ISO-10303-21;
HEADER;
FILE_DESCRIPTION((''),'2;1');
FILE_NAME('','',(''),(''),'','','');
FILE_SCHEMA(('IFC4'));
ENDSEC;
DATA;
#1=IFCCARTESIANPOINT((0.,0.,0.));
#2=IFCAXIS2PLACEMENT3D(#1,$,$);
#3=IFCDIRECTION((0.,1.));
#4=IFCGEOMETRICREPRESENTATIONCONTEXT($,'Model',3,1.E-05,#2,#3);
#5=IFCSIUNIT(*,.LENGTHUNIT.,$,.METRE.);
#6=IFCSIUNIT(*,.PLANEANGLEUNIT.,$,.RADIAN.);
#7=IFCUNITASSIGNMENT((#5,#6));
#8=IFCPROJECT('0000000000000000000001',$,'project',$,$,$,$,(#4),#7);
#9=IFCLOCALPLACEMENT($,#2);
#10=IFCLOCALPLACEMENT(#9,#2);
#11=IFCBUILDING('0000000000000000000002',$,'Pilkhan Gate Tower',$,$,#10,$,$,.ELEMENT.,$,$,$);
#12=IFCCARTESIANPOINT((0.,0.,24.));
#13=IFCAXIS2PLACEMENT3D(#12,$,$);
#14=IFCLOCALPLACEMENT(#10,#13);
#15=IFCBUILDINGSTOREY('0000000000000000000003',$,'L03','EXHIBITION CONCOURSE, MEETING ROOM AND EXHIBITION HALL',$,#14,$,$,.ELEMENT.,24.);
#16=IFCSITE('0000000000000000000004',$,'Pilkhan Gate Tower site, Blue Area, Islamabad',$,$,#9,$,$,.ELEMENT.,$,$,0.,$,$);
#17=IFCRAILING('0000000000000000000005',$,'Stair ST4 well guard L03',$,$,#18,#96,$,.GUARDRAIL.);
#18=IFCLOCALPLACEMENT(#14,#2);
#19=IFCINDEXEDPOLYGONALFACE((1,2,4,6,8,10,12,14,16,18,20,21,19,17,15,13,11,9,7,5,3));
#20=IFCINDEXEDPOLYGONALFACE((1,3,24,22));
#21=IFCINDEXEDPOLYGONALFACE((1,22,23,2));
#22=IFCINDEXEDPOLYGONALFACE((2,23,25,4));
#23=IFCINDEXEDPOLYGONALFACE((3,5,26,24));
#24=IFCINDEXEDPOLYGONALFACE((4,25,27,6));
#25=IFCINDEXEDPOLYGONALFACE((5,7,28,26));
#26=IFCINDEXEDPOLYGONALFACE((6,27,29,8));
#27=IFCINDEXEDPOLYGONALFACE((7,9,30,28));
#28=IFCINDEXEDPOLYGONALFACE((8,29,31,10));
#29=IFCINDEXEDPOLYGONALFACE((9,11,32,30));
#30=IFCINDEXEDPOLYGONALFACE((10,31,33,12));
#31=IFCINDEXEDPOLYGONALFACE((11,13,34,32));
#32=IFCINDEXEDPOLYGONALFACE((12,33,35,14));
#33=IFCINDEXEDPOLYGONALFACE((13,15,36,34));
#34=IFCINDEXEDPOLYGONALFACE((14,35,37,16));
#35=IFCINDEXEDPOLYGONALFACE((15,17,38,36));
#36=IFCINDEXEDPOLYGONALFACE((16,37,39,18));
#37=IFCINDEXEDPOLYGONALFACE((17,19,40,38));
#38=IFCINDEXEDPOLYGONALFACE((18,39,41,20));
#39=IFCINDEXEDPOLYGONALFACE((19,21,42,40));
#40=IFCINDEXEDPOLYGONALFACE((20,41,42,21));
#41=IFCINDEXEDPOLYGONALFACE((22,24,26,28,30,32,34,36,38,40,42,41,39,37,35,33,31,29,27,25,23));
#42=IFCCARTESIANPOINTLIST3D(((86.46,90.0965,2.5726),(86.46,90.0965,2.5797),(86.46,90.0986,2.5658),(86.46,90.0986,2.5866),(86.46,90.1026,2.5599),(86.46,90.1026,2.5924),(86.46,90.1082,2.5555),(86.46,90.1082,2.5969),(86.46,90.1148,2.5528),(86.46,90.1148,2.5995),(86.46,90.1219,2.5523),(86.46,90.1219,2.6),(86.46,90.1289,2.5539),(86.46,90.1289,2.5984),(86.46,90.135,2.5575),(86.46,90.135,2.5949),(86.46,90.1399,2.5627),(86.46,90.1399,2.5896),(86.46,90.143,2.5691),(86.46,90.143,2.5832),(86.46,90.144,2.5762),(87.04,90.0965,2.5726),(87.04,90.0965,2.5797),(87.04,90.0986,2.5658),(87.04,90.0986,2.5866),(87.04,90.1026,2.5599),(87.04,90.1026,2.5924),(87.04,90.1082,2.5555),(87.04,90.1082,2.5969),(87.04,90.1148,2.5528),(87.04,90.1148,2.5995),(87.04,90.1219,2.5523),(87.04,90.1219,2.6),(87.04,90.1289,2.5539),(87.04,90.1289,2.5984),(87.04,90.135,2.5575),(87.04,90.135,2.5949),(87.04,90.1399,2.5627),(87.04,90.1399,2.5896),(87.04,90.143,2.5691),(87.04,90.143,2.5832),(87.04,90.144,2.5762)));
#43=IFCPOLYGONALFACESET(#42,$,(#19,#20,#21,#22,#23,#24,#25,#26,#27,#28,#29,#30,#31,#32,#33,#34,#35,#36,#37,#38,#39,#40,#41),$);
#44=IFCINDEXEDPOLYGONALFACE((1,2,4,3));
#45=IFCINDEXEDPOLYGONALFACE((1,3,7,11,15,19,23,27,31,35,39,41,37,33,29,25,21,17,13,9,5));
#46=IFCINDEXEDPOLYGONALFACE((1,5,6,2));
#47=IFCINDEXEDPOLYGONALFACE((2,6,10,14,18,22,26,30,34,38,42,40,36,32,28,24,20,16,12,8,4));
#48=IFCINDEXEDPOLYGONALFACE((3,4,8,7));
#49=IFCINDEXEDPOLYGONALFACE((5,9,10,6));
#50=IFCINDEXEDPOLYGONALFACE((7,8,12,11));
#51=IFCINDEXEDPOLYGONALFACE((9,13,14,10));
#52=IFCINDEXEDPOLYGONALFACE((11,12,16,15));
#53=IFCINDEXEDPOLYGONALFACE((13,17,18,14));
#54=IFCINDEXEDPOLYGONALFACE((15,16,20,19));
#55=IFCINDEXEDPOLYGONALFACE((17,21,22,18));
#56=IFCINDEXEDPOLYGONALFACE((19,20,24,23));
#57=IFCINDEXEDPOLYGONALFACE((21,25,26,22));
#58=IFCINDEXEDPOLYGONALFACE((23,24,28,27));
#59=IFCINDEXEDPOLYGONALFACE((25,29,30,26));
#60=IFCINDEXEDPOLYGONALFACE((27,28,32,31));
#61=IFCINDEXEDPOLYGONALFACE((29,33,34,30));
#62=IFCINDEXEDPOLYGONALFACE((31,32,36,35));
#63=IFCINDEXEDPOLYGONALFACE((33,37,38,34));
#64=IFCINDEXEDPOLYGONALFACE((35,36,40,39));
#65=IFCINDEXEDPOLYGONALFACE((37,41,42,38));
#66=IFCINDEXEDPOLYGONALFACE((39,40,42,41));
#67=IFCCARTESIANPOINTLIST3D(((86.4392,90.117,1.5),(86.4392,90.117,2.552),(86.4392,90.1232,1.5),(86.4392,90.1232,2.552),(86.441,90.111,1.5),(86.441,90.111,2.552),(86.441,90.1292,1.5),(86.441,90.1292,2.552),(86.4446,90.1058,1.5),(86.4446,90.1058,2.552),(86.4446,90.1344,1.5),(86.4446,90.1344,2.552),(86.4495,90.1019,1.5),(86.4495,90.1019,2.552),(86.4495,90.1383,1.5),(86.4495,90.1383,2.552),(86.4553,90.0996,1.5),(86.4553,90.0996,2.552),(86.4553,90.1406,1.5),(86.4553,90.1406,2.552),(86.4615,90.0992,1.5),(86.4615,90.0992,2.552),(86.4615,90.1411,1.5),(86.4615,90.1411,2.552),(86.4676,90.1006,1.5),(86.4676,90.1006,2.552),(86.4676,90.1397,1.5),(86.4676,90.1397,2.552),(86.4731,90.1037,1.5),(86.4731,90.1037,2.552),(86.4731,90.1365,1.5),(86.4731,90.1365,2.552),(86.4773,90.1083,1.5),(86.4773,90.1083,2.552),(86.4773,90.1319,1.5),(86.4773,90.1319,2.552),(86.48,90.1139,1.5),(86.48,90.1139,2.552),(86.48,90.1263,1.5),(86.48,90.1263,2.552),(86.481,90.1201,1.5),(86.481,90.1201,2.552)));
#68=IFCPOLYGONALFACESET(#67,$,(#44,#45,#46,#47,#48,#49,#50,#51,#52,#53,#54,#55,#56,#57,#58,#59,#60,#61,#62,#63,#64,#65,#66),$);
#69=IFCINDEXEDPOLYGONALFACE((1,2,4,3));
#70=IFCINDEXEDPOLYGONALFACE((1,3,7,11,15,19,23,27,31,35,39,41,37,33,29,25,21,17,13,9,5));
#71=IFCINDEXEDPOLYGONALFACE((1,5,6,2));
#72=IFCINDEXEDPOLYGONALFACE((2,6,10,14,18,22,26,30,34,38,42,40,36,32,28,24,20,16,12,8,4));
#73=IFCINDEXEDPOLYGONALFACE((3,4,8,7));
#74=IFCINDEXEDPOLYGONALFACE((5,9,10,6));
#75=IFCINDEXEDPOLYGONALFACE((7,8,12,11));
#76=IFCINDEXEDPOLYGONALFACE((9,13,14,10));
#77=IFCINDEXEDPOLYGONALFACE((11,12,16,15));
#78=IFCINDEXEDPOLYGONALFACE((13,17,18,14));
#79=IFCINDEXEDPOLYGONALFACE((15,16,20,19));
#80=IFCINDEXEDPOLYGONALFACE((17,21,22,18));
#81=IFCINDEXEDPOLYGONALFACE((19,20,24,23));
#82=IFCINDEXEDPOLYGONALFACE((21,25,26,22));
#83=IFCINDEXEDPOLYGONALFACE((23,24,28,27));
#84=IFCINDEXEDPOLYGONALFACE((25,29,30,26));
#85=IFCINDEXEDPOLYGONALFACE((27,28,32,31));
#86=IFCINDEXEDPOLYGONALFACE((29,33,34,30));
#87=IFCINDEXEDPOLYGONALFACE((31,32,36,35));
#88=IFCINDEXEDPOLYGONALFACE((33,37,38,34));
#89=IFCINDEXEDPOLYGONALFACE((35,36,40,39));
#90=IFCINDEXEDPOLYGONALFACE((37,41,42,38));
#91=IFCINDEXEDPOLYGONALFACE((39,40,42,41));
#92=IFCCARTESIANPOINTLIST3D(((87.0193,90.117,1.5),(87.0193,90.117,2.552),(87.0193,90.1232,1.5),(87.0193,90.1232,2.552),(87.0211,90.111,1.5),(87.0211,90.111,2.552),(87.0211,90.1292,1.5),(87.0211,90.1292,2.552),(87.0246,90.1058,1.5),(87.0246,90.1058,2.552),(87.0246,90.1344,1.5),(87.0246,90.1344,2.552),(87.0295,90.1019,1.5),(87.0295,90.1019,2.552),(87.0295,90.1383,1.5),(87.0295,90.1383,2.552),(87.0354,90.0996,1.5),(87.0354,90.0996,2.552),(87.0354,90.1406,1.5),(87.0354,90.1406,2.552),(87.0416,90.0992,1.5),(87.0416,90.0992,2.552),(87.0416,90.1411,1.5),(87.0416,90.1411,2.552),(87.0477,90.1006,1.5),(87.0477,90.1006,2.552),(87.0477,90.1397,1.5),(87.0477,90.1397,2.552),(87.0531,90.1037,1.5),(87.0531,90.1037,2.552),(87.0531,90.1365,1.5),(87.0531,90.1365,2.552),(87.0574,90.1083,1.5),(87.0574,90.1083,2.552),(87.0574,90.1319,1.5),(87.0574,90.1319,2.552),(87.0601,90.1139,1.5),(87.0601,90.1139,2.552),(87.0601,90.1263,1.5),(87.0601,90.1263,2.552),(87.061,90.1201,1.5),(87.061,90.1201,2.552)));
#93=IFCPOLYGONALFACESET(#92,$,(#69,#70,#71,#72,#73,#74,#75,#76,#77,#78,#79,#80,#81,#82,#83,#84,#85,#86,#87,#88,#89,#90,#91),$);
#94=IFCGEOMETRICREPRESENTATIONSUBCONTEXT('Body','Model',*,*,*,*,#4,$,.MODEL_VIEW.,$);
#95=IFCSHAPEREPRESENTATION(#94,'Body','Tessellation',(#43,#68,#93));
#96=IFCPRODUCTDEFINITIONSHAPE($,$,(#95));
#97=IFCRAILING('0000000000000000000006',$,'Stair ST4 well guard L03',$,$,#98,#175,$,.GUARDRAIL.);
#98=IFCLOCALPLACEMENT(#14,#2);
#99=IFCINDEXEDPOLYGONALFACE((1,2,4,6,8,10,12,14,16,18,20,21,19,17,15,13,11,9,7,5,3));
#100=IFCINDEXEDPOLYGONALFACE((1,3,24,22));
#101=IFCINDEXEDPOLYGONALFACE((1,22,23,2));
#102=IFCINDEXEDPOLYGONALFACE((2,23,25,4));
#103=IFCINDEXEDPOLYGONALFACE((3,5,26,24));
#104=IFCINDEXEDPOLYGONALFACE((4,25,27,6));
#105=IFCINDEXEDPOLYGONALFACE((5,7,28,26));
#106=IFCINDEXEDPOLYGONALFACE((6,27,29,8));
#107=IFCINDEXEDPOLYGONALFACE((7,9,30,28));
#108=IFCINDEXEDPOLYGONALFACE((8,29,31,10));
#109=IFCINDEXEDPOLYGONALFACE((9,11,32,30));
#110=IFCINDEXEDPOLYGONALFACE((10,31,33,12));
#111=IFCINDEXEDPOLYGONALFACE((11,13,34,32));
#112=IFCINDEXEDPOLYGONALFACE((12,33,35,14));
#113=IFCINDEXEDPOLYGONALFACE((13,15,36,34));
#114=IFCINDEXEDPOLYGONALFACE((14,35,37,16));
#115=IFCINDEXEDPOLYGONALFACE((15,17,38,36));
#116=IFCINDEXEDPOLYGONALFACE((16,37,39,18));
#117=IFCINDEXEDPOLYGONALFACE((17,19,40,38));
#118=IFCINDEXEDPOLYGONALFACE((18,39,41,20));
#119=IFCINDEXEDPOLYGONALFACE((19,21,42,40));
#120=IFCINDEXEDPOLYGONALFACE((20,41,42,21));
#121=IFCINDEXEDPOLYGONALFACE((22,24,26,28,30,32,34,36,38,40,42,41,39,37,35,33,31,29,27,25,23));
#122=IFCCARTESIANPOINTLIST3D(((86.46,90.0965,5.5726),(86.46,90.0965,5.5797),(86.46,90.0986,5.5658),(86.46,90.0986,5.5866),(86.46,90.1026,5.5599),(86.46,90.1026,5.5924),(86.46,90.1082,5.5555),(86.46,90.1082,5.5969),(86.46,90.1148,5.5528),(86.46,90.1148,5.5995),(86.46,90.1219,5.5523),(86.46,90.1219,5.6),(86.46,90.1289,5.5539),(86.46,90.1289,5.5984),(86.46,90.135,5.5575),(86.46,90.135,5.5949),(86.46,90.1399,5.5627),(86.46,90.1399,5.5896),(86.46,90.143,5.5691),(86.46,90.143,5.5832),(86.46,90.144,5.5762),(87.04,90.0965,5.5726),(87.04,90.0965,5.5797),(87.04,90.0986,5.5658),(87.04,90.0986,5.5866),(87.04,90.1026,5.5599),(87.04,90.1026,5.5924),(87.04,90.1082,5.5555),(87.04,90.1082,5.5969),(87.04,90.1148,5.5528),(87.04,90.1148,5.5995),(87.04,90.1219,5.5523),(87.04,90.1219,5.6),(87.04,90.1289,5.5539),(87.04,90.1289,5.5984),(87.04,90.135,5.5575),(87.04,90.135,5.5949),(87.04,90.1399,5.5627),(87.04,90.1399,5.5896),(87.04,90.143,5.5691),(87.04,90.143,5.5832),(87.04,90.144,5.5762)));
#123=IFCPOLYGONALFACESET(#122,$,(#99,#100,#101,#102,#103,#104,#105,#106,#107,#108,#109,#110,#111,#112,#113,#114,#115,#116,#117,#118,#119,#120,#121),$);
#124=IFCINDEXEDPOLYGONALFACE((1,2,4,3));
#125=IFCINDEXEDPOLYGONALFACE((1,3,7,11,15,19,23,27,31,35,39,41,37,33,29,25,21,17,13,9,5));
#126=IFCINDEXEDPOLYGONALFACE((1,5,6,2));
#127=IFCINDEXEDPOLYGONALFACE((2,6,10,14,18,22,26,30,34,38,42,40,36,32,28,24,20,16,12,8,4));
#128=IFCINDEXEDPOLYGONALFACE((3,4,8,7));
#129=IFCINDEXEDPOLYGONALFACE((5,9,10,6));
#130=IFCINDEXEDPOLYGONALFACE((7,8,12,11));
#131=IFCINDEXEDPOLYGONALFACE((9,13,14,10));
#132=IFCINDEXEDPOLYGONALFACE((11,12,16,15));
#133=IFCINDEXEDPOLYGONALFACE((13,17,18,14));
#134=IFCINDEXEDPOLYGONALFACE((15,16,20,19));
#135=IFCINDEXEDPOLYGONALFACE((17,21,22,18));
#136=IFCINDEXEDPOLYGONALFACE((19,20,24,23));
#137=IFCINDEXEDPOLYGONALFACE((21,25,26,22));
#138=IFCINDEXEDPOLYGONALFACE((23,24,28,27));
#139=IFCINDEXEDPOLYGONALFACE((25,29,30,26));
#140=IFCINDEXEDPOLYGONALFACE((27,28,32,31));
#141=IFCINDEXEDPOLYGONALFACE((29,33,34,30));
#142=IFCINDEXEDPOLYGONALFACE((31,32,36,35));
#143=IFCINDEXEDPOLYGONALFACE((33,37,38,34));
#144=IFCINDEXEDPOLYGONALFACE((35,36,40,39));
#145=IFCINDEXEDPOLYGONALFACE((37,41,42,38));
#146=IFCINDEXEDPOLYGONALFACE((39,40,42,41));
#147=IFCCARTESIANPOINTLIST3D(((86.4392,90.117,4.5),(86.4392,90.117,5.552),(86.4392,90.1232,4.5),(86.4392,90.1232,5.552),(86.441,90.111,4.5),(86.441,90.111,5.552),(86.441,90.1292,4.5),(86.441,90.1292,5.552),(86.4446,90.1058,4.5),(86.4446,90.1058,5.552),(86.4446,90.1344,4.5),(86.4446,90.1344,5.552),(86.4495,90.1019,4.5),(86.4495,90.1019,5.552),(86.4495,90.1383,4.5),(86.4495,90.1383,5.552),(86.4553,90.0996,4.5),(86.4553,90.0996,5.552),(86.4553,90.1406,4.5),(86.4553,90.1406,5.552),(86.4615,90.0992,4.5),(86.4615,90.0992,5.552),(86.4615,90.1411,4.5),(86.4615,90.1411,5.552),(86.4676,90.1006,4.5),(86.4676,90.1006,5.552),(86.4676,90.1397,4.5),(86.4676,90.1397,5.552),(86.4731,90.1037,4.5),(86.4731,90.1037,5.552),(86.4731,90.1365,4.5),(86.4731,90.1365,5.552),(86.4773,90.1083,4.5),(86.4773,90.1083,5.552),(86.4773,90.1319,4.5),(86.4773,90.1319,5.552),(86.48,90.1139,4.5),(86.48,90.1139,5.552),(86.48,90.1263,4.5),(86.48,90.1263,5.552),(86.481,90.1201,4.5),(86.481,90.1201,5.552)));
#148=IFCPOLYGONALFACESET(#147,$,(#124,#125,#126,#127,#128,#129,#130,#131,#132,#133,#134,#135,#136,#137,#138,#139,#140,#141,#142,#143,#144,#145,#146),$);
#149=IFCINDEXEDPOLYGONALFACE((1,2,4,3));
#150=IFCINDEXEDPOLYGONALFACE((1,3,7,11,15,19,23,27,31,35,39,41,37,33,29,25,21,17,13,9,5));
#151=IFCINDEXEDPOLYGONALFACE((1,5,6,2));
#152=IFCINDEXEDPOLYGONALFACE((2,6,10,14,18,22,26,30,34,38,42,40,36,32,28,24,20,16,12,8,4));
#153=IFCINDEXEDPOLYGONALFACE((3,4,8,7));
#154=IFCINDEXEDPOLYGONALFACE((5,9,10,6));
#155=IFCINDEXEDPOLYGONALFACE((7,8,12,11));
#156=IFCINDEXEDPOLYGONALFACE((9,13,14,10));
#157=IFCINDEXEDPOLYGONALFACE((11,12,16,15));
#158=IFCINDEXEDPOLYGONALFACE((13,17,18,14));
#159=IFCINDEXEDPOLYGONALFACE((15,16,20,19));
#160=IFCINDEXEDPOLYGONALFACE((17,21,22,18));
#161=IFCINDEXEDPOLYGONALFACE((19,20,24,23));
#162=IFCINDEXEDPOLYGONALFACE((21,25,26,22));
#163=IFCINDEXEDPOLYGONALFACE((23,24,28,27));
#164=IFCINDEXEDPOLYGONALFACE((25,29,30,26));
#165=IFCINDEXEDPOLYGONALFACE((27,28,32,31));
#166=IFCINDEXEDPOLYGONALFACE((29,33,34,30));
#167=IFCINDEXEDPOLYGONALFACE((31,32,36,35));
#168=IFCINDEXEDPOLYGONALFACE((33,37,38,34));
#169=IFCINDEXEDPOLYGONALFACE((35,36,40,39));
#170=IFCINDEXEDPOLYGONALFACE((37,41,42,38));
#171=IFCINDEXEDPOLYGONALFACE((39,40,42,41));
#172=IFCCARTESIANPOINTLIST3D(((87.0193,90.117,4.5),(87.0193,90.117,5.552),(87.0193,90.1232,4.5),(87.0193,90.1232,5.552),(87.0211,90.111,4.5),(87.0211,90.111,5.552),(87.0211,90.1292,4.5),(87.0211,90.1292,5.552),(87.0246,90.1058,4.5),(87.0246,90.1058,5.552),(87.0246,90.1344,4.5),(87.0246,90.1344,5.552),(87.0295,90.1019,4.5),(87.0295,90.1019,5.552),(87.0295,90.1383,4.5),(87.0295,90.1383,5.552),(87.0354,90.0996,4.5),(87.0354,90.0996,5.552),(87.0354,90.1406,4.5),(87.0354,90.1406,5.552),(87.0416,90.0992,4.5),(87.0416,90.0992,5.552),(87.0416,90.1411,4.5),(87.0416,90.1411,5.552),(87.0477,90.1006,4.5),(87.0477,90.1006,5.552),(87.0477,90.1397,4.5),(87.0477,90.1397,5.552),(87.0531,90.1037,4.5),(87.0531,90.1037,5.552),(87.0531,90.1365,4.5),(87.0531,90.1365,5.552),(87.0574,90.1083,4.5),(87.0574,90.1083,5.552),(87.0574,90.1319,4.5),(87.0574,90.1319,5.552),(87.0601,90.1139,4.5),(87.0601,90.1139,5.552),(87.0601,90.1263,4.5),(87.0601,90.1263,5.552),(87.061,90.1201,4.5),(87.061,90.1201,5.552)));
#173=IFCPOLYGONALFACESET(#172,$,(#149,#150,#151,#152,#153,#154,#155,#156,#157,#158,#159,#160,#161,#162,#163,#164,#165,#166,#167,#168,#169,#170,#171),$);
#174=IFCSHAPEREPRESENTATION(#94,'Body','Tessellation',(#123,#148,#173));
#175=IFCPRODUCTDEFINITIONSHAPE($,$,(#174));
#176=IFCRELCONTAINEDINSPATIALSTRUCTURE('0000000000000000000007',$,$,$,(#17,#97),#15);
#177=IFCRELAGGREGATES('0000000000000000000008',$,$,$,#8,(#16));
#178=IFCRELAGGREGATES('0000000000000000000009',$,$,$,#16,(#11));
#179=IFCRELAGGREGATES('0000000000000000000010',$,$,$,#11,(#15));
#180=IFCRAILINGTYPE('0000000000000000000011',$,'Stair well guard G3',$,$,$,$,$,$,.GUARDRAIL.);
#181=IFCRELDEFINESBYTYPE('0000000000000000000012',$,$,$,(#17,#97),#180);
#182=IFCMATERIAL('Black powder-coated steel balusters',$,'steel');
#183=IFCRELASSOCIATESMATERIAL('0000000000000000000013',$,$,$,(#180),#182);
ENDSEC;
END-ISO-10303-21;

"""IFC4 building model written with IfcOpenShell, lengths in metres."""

from ifc_helpers import new_model, si_unit, direction, frame, origin, origin_2d, place, context, subcontext, project, spatial, circle, extrude, material, type_object, element, save


model = new_model("IFC4")

# Units and contexts
model_context = context("Model", 3, precision=1e-05, world=origin(), true_north=direction((0.0, 1.0)))
body_context = subcontext(model_context, "Body", "Model", "MODEL_VIEW")
ifc_project = project(units=[si_unit("LENGTHUNIT", "METRE"), si_unit("PLANEANGLEUNIT", "RADIAN")], contexts=[model_context])

# Site, building, storey
site_placement = place(None, origin())
site = spatial("IfcSite", under=ifc_project, at=site_placement, Name="Pilkhan Gate Tower site, Blue Area, Islamabad", CompositionType="ELEMENT", RefElevation=0.0)
building_placement = place(site_placement, origin())
building = spatial("IfcBuilding", under=site, at=building_placement, Name="Pilkhan Gate Tower", CompositionType="ELEMENT")
storey_placement = place(building_placement, frame((0.0, 0.0, 24.0)))
storey = spatial("IfcBuildingStorey", under=building, at=storey_placement, Name="L03", Description="EXHIBITION CONCOURSE, MEETING ROOM AND EXHIBITION HALL", CompositionType="ELEMENT", Elevation=24.0)

# Railings
ifc_material_1 = material(Name="Black powder-coated steel balusters", Category="steel")
railing_type_1 = type_object("IfcRailingType", Name="Stair well guard G3", PredefinedType="GUARDRAIL", material=ifc_material_1)
for number, where, name in (
    (1, (86.46, 90.1201, 1.5), "Stair ST4 well guard L03"),
    (2, (86.46, 90.1201, 4.5), "Stair ST4 well guard L03"),
):
    element("IfcRailing", number, at=place(storey_placement, frame(where)), inside=storey, type_object=railing_type_1, Name=name, PredefinedType="GUARDRAIL", context=body_context, shape_type="SweptSolid", body=[
        extrude(circle(Radius=0.0239, at=origin_2d()), frame((0.0, 0.0, 1.0762), z_axis=(1.0, 0.0, 0.0), x_axis=(0.0, 1.0, 0.0)), (0.0, 0.0, 1.0), 0.5801),
        extrude(circle(Radius=0.021, at=origin_2d()), origin(), (0.0, 0.0, 1.0), 1.052),
        extrude(circle(Radius=0.021, at=origin_2d()), frame((0.5801, 0.0, 0.0)), (0.0, 0.0, 1.0), 1.052),
    ])

save(model, "model.ifc")
